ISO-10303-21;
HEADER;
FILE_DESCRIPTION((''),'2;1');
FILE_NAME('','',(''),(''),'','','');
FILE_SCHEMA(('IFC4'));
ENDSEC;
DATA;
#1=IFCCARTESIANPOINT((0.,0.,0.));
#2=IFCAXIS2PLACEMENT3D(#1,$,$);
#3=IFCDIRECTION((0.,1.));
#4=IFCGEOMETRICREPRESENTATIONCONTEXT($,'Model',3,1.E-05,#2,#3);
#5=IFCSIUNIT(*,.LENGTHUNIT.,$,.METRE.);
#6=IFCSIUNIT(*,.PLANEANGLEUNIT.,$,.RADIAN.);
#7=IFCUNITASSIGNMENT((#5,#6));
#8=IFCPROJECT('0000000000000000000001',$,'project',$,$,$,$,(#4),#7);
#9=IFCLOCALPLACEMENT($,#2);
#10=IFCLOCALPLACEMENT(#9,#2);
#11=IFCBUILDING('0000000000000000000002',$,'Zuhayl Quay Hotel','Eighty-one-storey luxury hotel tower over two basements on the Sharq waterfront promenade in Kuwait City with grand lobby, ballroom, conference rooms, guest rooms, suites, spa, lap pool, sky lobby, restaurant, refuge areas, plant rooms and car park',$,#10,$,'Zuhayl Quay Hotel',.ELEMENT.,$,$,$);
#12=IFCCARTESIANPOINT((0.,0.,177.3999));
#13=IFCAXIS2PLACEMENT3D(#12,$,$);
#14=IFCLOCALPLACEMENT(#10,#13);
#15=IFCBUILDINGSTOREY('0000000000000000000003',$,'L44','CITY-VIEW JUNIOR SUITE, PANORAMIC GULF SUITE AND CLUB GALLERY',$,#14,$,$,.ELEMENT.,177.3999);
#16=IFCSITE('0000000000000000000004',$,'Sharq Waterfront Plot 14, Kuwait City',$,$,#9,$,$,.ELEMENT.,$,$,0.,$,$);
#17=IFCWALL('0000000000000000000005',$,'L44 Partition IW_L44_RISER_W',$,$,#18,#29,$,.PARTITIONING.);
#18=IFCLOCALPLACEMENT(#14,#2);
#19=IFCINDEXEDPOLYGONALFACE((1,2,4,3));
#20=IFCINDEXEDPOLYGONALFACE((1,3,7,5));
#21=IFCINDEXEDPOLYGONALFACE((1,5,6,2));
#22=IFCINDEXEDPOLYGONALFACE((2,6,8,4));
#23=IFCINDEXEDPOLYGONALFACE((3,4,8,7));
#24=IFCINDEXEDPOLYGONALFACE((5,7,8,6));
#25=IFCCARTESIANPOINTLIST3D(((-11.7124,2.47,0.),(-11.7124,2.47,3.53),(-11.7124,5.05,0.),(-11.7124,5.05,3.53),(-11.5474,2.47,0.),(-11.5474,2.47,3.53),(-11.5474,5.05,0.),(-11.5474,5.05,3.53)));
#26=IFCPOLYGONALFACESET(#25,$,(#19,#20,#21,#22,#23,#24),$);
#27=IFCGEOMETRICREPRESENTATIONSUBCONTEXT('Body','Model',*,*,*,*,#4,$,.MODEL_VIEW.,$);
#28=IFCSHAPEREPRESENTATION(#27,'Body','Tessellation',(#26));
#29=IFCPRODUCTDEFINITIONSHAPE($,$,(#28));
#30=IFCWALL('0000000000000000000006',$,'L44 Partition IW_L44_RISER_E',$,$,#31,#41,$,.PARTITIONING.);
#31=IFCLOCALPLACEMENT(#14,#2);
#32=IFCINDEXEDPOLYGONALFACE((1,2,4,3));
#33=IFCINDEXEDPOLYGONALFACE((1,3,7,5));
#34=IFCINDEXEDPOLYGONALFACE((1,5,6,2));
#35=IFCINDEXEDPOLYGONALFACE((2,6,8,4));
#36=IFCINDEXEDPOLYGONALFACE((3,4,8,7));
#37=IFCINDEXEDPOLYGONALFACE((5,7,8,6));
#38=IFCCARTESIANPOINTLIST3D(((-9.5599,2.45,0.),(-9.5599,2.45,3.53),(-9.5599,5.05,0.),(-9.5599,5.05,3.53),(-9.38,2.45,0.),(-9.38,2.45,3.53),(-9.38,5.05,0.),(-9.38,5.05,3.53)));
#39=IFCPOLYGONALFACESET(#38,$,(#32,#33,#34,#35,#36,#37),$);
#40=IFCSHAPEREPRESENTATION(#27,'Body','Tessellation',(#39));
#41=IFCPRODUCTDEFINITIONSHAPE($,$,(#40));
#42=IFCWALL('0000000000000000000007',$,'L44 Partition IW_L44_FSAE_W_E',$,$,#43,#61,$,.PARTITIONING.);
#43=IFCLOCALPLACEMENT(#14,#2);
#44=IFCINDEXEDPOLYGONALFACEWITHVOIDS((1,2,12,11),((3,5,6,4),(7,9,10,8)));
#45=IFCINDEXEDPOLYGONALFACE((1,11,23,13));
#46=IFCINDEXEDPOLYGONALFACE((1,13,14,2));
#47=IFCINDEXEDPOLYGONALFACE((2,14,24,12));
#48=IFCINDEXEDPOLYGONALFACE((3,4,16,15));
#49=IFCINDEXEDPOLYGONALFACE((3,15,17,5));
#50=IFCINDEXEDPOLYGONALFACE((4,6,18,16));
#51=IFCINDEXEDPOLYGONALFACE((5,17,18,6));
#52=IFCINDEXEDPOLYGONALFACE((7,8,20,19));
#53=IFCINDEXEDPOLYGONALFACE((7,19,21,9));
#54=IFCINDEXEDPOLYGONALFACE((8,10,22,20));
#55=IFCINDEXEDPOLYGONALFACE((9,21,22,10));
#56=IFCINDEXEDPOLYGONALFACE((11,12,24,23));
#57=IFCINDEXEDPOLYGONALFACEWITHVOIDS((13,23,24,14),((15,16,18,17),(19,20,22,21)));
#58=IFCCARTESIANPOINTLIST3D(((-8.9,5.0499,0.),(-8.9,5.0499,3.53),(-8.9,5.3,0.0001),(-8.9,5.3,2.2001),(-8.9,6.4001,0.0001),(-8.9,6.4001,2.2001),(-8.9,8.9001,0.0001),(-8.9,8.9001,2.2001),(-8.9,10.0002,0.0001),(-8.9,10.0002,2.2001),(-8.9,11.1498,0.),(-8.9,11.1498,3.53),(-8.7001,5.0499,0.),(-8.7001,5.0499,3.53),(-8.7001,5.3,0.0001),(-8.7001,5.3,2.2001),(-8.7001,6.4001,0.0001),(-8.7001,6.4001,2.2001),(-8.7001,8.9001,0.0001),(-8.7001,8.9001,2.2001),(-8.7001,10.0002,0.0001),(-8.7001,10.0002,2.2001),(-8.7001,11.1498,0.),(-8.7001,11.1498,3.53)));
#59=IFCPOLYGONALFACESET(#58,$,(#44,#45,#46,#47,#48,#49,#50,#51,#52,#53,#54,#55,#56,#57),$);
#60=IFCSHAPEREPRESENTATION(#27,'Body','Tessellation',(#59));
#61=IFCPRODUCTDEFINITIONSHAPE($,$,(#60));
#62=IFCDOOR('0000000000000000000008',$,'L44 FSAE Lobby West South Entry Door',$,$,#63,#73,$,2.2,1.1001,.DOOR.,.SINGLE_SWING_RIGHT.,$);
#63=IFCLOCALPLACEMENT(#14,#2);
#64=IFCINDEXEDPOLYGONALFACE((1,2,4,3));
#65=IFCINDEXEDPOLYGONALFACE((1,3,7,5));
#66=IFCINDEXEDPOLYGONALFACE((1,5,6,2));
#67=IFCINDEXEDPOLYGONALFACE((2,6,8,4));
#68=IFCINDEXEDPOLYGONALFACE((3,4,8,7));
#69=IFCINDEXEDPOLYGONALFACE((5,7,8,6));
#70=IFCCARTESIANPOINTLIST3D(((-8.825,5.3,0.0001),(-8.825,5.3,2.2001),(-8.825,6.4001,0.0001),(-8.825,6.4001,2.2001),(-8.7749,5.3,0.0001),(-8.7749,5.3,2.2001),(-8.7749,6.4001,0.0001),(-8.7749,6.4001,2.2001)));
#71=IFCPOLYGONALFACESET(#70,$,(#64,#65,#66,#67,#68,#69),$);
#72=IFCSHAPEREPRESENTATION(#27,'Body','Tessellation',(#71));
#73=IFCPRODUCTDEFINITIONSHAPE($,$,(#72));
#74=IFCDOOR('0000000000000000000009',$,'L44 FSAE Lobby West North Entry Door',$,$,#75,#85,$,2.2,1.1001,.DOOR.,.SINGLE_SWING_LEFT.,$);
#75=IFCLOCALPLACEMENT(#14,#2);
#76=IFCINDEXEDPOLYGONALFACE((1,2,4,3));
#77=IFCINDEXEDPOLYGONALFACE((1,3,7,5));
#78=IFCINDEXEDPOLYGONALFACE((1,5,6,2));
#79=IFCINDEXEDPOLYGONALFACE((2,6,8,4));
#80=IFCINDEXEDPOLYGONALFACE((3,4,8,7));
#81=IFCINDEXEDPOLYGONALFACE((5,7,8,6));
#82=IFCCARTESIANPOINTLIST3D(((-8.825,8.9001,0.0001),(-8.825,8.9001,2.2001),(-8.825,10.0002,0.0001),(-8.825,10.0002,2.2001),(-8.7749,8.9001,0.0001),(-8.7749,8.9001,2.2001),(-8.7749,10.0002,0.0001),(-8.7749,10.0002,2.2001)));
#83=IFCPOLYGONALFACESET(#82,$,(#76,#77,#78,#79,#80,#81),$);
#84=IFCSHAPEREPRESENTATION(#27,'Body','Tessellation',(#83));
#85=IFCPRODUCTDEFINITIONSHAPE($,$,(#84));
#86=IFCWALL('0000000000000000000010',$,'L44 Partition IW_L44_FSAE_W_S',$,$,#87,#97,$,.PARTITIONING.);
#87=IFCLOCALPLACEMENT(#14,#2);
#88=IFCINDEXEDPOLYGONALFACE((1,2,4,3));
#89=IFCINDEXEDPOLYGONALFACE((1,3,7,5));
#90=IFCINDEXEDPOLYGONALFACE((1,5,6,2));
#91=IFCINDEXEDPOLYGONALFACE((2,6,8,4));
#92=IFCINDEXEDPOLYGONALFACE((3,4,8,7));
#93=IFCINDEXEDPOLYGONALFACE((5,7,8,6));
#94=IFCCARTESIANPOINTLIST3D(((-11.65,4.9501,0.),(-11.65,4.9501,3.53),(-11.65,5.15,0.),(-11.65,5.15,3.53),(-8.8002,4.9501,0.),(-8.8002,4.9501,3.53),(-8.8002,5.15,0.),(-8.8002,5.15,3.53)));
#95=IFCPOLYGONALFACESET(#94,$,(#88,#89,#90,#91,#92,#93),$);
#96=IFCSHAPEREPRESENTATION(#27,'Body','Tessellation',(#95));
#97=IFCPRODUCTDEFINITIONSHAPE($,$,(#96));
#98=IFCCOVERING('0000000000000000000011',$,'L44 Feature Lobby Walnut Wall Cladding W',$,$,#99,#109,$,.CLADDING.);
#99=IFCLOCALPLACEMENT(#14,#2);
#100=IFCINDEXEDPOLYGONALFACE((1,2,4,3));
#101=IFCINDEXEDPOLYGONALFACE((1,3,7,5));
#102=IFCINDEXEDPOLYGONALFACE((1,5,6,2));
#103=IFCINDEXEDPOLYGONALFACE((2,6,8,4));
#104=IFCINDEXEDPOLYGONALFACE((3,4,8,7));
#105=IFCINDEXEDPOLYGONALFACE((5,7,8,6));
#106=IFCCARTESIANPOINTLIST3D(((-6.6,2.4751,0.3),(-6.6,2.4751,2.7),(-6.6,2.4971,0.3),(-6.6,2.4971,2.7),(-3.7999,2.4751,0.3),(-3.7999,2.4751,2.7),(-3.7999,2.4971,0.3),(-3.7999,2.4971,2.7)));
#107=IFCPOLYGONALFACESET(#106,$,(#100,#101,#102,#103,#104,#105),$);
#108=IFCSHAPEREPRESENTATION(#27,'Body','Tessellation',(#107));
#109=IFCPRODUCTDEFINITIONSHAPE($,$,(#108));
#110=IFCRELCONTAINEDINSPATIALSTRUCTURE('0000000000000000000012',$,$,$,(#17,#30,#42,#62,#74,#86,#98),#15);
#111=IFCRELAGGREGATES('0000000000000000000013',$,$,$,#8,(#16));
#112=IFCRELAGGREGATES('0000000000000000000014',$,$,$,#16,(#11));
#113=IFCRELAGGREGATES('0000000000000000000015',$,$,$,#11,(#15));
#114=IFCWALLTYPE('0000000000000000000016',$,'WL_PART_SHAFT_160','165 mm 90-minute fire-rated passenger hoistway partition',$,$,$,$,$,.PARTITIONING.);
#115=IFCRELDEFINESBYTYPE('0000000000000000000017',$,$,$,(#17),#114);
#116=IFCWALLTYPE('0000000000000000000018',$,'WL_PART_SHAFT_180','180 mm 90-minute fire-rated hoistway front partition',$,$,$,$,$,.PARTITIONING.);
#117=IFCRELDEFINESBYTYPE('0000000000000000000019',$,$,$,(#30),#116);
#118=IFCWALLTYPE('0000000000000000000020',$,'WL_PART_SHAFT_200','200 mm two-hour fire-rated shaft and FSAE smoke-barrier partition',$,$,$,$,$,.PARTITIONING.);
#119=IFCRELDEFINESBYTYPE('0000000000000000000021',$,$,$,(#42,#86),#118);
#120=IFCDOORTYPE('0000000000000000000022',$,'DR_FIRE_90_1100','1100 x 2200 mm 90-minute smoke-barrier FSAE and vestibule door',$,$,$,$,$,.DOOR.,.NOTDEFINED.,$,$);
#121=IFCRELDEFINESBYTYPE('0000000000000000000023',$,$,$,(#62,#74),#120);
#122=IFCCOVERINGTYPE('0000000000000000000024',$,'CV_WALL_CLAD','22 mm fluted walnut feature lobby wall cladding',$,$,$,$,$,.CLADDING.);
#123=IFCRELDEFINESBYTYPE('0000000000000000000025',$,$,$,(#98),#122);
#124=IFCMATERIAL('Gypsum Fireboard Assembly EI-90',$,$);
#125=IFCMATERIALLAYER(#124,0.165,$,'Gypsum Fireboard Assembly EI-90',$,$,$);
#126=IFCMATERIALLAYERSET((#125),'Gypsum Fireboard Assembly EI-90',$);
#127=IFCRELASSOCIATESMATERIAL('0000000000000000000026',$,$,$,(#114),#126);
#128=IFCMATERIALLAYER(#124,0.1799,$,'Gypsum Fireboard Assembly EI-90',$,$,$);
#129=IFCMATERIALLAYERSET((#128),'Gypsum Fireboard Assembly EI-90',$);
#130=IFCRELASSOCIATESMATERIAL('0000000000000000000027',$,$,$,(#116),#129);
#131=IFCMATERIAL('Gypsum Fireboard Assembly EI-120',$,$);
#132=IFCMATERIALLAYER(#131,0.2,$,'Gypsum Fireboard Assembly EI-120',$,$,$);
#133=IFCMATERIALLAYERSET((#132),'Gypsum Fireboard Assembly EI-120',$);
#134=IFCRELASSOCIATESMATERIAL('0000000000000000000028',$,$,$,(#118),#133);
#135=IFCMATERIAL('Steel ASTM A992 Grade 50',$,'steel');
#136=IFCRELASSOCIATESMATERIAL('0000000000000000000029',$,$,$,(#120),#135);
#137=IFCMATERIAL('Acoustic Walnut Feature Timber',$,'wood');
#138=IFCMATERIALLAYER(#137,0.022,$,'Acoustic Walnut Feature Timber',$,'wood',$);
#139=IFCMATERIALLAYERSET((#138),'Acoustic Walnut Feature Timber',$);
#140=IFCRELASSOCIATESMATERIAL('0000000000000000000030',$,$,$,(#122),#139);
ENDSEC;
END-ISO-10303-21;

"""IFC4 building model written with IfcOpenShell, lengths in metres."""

from ifc_helpers import new_model, si_unit, direction, frame, frame_2d, origin, origin_2d, place, context, subcontext, project, spatial, rectangle, extrude, material, layer, layer_set, type_object, element, fill, save


model = new_model("IFC4")

# Units and contexts
model_context = context("Model", 3, precision=1e-05, world=origin(), true_north=direction((0.0, 1.0)))
body_context = subcontext(model_context, "Body", "Model", "MODEL_VIEW")
ifc_project = project(units=[si_unit("LENGTHUNIT", "METRE"), si_unit("PLANEANGLEUNIT", "RADIAN")], contexts=[model_context])

# Site, building, storey
site_placement = place(None, origin())
site = spatial("IfcSite", under=ifc_project, at=site_placement, Name="Sharq Waterfront Plot 14, Kuwait City", CompositionType="ELEMENT", RefElevation=0.0)
building_placement = place(site_placement, origin())
building = spatial("IfcBuilding", under=site, at=building_placement, Name="Zuhayl Quay Hotel", Description="Eighty-one-storey luxury hotel tower over two basements on the Sharq waterfront promenade in Kuwait City with grand lobby, ballroom, conference rooms, guest rooms, suites, spa, lap pool, sky lobby, restaurant, refuge areas, plant rooms and car park", LongName="Zuhayl Quay Hotel", CompositionType="ELEMENT")
storey_placement = place(building_placement, frame((0.0, 0.0, 177.3999)))
storey = spatial("IfcBuildingStorey", under=building, at=storey_placement, Name="L44", Description="CITY-VIEW JUNIOR SUITE, PANORAMIC GULF SUITE AND CLUB GALLERY", CompositionType="ELEMENT", Elevation=177.3999)

# Shared definitions
ifc_material_1 = material(Name="Steel ASTM A992 Grade 50", Category="steel")

# Shared definitions
ifc_material_2 = material(Name="Gypsum Fireboard Assembly EI-90")
ifc_layer_1 = layer(ifc_material_2, 0.165, Name="Gypsum Fireboard Assembly EI-90")
ifc_layer_set_1 = layer_set([ifc_layer_1], Name="Gypsum Fireboard Assembly EI-90")
wall_type_1 = type_object("IfcWallType", Name="WL_PART_SHAFT_160", Description="165 mm 90-minute fire-rated passenger hoistway partition", PredefinedType="PARTITIONING", material=ifc_layer_set_1)

# Walls
wall_1_placement = place(storey_placement, frame((-11.6299, 2.47, 0.0), z_axis=(0.0, 0.0, 1.0), x_axis=(0.0, 1.0, 0.0)))
element("IfcWall", 1, at=wall_1_placement, inside=storey, type_object=wall_type_1, Name="L44 Partition IW_L44_RISER_W", PredefinedType="PARTITIONING", context=body_context, shape_type="SweptSolid", body=[
    extrude(rectangle(XDim=2.5801, YDim=0.165, at=frame_2d((1.29, 0.0))), origin(), (0.0, 0.0, 1.0), 3.53),
])
ifc_layer_2 = layer(ifc_material_2, 0.1799, Name="Gypsum Fireboard Assembly EI-90")
ifc_layer_set_2 = layer_set([ifc_layer_2], Name="Gypsum Fireboard Assembly EI-90")
wall_type_2 = type_object("IfcWallType", Name="WL_PART_SHAFT_180", Description="180 mm 90-minute fire-rated hoistway front partition", PredefinedType="PARTITIONING", material=ifc_layer_set_2)
wall_2_placement = place(storey_placement, frame((-9.47, 2.45, 0.0), z_axis=(0.0, 0.0, 1.0), x_axis=(0.0, 1.0, 0.0)))
element("IfcWall", 2, at=wall_2_placement, inside=storey, type_object=wall_type_2, Name="L44 Partition IW_L44_RISER_E", PredefinedType="PARTITIONING", context=body_context, shape_type="SweptSolid", body=[
    extrude(rectangle(XDim=2.6001, YDim=0.1799, at=frame_2d((1.3, 0.0))), origin(), (0.0, 0.0, 1.0), 3.53),
])

# Wall, openings, doors
ifc_material_3 = material(Name="Gypsum Fireboard Assembly EI-120")
ifc_layer_3 = layer(ifc_material_3, 0.2, Name="Gypsum Fireboard Assembly EI-120")
ifc_layer_set_3 = layer_set([ifc_layer_3], Name="Gypsum Fireboard Assembly EI-120")
wall_type_3 = type_object("IfcWallType", Name="WL_PART_SHAFT_200", Description="200 mm two-hour fire-rated shaft and FSAE smoke-barrier partition", PredefinedType="PARTITIONING", material=ifc_layer_set_3)
wall_3_placement = place(storey_placement, frame((-8.8, 5.05, 0.0), z_axis=(0.0, 0.0, 1.0), x_axis=(0.0, 1.0, 0.0)))
wall_3 = element("IfcWall", 3, at=wall_3_placement, inside=storey, type_object=wall_type_3, Name="L44 Partition IW_L44_FSAE_W_E", PredefinedType="PARTITIONING", context=body_context, shape_type="SweptSolid", body=[
    extrude(rectangle(XDim=6.0999, YDim=0.2, at=frame_2d((3.0498, 0.0))), origin(), (0.0, 0.0, 1.0), 3.53),
])
opening_1_placement = place(wall_3_placement, frame((0.25, 0.0, 0.0)))
opening_1 = element("IfcOpeningElement", 4, at=opening_1_placement, cuts=wall_3, PredefinedType="OPENING", context=body_context, shape_type="SweptSolid", body=[
    extrude(rectangle(XDim=1.1001, YDim=2.2, at=frame_2d((0.55, 1.1001))), frame((0.0, 0.1099, 0.0), z_axis=(0.0, -1.0, 0.0), x_axis=(1.0, 0.0, 0.0)), (0.0, 0.0, 1.0), 0.22),
])
opening_2_placement = place(wall_3_placement, frame((3.8501, 0.0, 0.0)))
opening_2 = element("IfcOpeningElement", 5, at=opening_2_placement, cuts=wall_3, PredefinedType="OPENING", context=body_context, shape_type="SweptSolid", body=[
    extrude(rectangle(XDim=1.1001, YDim=2.2, at=frame_2d((0.55, 1.1001))), frame((0.0, 0.1099, 0.0), z_axis=(0.0, -1.0, 0.0), x_axis=(1.0, 0.0, 0.0)), (0.0, 0.0, 1.0), 0.22),
])
door_type_1 = type_object("IfcDoorType", Name="DR_FIRE_90_1100", Description="1100 x 2200 mm 90-minute smoke-barrier FSAE and vestibule door", OperationType="NOTDEFINED", PredefinedType="DOOR", material=ifc_material_1)
door_1_placement = place(opening_1_placement, origin())
door_1 = element("IfcDoor", 6, at=door_1_placement, inside=storey, type_object=door_type_1, Name="L44 FSAE Lobby West South Entry Door", OperationType="SINGLE_SWING_RIGHT", OverallHeight=2.2, OverallWidth=1.1001, PredefinedType="DOOR", context=body_context, shape_type="SweptSolid", body=[
    extrude(rectangle(XDim=1.1001, YDim=2.2, at=frame_2d((0.55, 1.1001))), frame((0.0, 0.0249, 0.0), z_axis=(0.0, -1.0, 0.0), x_axis=(1.0, 0.0, 0.0)), (0.0, 0.0, 1.0), 0.05),
])
fill(opening_1, door_1)
door_2_placement = place(opening_2_placement, origin())
door_2 = element("IfcDoor", 7, at=door_2_placement, inside=storey, type_object=door_type_1, Name="L44 FSAE Lobby West North Entry Door", OperationType="SINGLE_SWING_LEFT", OverallHeight=2.2, OverallWidth=1.1001, PredefinedType="DOOR", context=body_context, shape_type="SweptSolid", body=[
    extrude(rectangle(XDim=1.1001, YDim=2.2, at=frame_2d((0.55, 1.1001))), frame((0.0, 0.0249, 0.0), z_axis=(0.0, -1.0, 0.0), x_axis=(1.0, 0.0, 0.0)), (0.0, 0.0, 1.0), 0.05),
])
fill(opening_2, door_2)

# Wall
wall_4_placement = place(storey_placement, frame((-11.6499, 5.05, 0.0), z_axis=(0.0, 0.0, 1.0), x_axis=(1.0, 0.0, 0.0)))
element("IfcWall", 8, at=wall_4_placement, inside=storey, type_object=wall_type_3, Name="L44 Partition IW_L44_FSAE_W_S", PredefinedType="PARTITIONING", context=body_context, shape_type="SweptSolid", body=[
    extrude(rectangle(XDim=2.8499, YDim=0.2, at=frame_2d((1.4248, 0.0))), origin(), (0.0, 0.0, 1.0), 3.53),
])

# Covering
ifc_material_4 = material(Name="Acoustic Walnut Feature Timber", Category="wood")
ifc_layer_4 = layer(ifc_material_4, 0.022, Name="Acoustic Walnut Feature Timber", Category="wood")
ifc_layer_set_4 = layer_set([ifc_layer_4], Name="Acoustic Walnut Feature Timber")
covering_type = type_object("IfcCoveringType", Name="CV_WALL_CLAD", Description="22 mm fluted walnut feature lobby wall cladding", PredefinedType="CLADDING", material=ifc_layer_set_4)
covering_placement = place(storey_placement, frame((-5.2, 2.4861, 0.3), z_axis=(0.0, 0.0, 1.0), x_axis=(1.0, 0.0, 0.0)))
element("IfcCovering", 9, at=covering_placement, inside=storey, type_object=covering_type, Name="L44 Feature Lobby Walnut Wall Cladding W", PredefinedType="CLADDING", context=body_context, shape_type="SweptSolid", body=[
    extrude(rectangle(XDim=2.8, YDim=0.022, at=origin_2d()), origin(), (0.0, 0.0, 1.0), 2.3999),
])

save(model, "model.ifc")
